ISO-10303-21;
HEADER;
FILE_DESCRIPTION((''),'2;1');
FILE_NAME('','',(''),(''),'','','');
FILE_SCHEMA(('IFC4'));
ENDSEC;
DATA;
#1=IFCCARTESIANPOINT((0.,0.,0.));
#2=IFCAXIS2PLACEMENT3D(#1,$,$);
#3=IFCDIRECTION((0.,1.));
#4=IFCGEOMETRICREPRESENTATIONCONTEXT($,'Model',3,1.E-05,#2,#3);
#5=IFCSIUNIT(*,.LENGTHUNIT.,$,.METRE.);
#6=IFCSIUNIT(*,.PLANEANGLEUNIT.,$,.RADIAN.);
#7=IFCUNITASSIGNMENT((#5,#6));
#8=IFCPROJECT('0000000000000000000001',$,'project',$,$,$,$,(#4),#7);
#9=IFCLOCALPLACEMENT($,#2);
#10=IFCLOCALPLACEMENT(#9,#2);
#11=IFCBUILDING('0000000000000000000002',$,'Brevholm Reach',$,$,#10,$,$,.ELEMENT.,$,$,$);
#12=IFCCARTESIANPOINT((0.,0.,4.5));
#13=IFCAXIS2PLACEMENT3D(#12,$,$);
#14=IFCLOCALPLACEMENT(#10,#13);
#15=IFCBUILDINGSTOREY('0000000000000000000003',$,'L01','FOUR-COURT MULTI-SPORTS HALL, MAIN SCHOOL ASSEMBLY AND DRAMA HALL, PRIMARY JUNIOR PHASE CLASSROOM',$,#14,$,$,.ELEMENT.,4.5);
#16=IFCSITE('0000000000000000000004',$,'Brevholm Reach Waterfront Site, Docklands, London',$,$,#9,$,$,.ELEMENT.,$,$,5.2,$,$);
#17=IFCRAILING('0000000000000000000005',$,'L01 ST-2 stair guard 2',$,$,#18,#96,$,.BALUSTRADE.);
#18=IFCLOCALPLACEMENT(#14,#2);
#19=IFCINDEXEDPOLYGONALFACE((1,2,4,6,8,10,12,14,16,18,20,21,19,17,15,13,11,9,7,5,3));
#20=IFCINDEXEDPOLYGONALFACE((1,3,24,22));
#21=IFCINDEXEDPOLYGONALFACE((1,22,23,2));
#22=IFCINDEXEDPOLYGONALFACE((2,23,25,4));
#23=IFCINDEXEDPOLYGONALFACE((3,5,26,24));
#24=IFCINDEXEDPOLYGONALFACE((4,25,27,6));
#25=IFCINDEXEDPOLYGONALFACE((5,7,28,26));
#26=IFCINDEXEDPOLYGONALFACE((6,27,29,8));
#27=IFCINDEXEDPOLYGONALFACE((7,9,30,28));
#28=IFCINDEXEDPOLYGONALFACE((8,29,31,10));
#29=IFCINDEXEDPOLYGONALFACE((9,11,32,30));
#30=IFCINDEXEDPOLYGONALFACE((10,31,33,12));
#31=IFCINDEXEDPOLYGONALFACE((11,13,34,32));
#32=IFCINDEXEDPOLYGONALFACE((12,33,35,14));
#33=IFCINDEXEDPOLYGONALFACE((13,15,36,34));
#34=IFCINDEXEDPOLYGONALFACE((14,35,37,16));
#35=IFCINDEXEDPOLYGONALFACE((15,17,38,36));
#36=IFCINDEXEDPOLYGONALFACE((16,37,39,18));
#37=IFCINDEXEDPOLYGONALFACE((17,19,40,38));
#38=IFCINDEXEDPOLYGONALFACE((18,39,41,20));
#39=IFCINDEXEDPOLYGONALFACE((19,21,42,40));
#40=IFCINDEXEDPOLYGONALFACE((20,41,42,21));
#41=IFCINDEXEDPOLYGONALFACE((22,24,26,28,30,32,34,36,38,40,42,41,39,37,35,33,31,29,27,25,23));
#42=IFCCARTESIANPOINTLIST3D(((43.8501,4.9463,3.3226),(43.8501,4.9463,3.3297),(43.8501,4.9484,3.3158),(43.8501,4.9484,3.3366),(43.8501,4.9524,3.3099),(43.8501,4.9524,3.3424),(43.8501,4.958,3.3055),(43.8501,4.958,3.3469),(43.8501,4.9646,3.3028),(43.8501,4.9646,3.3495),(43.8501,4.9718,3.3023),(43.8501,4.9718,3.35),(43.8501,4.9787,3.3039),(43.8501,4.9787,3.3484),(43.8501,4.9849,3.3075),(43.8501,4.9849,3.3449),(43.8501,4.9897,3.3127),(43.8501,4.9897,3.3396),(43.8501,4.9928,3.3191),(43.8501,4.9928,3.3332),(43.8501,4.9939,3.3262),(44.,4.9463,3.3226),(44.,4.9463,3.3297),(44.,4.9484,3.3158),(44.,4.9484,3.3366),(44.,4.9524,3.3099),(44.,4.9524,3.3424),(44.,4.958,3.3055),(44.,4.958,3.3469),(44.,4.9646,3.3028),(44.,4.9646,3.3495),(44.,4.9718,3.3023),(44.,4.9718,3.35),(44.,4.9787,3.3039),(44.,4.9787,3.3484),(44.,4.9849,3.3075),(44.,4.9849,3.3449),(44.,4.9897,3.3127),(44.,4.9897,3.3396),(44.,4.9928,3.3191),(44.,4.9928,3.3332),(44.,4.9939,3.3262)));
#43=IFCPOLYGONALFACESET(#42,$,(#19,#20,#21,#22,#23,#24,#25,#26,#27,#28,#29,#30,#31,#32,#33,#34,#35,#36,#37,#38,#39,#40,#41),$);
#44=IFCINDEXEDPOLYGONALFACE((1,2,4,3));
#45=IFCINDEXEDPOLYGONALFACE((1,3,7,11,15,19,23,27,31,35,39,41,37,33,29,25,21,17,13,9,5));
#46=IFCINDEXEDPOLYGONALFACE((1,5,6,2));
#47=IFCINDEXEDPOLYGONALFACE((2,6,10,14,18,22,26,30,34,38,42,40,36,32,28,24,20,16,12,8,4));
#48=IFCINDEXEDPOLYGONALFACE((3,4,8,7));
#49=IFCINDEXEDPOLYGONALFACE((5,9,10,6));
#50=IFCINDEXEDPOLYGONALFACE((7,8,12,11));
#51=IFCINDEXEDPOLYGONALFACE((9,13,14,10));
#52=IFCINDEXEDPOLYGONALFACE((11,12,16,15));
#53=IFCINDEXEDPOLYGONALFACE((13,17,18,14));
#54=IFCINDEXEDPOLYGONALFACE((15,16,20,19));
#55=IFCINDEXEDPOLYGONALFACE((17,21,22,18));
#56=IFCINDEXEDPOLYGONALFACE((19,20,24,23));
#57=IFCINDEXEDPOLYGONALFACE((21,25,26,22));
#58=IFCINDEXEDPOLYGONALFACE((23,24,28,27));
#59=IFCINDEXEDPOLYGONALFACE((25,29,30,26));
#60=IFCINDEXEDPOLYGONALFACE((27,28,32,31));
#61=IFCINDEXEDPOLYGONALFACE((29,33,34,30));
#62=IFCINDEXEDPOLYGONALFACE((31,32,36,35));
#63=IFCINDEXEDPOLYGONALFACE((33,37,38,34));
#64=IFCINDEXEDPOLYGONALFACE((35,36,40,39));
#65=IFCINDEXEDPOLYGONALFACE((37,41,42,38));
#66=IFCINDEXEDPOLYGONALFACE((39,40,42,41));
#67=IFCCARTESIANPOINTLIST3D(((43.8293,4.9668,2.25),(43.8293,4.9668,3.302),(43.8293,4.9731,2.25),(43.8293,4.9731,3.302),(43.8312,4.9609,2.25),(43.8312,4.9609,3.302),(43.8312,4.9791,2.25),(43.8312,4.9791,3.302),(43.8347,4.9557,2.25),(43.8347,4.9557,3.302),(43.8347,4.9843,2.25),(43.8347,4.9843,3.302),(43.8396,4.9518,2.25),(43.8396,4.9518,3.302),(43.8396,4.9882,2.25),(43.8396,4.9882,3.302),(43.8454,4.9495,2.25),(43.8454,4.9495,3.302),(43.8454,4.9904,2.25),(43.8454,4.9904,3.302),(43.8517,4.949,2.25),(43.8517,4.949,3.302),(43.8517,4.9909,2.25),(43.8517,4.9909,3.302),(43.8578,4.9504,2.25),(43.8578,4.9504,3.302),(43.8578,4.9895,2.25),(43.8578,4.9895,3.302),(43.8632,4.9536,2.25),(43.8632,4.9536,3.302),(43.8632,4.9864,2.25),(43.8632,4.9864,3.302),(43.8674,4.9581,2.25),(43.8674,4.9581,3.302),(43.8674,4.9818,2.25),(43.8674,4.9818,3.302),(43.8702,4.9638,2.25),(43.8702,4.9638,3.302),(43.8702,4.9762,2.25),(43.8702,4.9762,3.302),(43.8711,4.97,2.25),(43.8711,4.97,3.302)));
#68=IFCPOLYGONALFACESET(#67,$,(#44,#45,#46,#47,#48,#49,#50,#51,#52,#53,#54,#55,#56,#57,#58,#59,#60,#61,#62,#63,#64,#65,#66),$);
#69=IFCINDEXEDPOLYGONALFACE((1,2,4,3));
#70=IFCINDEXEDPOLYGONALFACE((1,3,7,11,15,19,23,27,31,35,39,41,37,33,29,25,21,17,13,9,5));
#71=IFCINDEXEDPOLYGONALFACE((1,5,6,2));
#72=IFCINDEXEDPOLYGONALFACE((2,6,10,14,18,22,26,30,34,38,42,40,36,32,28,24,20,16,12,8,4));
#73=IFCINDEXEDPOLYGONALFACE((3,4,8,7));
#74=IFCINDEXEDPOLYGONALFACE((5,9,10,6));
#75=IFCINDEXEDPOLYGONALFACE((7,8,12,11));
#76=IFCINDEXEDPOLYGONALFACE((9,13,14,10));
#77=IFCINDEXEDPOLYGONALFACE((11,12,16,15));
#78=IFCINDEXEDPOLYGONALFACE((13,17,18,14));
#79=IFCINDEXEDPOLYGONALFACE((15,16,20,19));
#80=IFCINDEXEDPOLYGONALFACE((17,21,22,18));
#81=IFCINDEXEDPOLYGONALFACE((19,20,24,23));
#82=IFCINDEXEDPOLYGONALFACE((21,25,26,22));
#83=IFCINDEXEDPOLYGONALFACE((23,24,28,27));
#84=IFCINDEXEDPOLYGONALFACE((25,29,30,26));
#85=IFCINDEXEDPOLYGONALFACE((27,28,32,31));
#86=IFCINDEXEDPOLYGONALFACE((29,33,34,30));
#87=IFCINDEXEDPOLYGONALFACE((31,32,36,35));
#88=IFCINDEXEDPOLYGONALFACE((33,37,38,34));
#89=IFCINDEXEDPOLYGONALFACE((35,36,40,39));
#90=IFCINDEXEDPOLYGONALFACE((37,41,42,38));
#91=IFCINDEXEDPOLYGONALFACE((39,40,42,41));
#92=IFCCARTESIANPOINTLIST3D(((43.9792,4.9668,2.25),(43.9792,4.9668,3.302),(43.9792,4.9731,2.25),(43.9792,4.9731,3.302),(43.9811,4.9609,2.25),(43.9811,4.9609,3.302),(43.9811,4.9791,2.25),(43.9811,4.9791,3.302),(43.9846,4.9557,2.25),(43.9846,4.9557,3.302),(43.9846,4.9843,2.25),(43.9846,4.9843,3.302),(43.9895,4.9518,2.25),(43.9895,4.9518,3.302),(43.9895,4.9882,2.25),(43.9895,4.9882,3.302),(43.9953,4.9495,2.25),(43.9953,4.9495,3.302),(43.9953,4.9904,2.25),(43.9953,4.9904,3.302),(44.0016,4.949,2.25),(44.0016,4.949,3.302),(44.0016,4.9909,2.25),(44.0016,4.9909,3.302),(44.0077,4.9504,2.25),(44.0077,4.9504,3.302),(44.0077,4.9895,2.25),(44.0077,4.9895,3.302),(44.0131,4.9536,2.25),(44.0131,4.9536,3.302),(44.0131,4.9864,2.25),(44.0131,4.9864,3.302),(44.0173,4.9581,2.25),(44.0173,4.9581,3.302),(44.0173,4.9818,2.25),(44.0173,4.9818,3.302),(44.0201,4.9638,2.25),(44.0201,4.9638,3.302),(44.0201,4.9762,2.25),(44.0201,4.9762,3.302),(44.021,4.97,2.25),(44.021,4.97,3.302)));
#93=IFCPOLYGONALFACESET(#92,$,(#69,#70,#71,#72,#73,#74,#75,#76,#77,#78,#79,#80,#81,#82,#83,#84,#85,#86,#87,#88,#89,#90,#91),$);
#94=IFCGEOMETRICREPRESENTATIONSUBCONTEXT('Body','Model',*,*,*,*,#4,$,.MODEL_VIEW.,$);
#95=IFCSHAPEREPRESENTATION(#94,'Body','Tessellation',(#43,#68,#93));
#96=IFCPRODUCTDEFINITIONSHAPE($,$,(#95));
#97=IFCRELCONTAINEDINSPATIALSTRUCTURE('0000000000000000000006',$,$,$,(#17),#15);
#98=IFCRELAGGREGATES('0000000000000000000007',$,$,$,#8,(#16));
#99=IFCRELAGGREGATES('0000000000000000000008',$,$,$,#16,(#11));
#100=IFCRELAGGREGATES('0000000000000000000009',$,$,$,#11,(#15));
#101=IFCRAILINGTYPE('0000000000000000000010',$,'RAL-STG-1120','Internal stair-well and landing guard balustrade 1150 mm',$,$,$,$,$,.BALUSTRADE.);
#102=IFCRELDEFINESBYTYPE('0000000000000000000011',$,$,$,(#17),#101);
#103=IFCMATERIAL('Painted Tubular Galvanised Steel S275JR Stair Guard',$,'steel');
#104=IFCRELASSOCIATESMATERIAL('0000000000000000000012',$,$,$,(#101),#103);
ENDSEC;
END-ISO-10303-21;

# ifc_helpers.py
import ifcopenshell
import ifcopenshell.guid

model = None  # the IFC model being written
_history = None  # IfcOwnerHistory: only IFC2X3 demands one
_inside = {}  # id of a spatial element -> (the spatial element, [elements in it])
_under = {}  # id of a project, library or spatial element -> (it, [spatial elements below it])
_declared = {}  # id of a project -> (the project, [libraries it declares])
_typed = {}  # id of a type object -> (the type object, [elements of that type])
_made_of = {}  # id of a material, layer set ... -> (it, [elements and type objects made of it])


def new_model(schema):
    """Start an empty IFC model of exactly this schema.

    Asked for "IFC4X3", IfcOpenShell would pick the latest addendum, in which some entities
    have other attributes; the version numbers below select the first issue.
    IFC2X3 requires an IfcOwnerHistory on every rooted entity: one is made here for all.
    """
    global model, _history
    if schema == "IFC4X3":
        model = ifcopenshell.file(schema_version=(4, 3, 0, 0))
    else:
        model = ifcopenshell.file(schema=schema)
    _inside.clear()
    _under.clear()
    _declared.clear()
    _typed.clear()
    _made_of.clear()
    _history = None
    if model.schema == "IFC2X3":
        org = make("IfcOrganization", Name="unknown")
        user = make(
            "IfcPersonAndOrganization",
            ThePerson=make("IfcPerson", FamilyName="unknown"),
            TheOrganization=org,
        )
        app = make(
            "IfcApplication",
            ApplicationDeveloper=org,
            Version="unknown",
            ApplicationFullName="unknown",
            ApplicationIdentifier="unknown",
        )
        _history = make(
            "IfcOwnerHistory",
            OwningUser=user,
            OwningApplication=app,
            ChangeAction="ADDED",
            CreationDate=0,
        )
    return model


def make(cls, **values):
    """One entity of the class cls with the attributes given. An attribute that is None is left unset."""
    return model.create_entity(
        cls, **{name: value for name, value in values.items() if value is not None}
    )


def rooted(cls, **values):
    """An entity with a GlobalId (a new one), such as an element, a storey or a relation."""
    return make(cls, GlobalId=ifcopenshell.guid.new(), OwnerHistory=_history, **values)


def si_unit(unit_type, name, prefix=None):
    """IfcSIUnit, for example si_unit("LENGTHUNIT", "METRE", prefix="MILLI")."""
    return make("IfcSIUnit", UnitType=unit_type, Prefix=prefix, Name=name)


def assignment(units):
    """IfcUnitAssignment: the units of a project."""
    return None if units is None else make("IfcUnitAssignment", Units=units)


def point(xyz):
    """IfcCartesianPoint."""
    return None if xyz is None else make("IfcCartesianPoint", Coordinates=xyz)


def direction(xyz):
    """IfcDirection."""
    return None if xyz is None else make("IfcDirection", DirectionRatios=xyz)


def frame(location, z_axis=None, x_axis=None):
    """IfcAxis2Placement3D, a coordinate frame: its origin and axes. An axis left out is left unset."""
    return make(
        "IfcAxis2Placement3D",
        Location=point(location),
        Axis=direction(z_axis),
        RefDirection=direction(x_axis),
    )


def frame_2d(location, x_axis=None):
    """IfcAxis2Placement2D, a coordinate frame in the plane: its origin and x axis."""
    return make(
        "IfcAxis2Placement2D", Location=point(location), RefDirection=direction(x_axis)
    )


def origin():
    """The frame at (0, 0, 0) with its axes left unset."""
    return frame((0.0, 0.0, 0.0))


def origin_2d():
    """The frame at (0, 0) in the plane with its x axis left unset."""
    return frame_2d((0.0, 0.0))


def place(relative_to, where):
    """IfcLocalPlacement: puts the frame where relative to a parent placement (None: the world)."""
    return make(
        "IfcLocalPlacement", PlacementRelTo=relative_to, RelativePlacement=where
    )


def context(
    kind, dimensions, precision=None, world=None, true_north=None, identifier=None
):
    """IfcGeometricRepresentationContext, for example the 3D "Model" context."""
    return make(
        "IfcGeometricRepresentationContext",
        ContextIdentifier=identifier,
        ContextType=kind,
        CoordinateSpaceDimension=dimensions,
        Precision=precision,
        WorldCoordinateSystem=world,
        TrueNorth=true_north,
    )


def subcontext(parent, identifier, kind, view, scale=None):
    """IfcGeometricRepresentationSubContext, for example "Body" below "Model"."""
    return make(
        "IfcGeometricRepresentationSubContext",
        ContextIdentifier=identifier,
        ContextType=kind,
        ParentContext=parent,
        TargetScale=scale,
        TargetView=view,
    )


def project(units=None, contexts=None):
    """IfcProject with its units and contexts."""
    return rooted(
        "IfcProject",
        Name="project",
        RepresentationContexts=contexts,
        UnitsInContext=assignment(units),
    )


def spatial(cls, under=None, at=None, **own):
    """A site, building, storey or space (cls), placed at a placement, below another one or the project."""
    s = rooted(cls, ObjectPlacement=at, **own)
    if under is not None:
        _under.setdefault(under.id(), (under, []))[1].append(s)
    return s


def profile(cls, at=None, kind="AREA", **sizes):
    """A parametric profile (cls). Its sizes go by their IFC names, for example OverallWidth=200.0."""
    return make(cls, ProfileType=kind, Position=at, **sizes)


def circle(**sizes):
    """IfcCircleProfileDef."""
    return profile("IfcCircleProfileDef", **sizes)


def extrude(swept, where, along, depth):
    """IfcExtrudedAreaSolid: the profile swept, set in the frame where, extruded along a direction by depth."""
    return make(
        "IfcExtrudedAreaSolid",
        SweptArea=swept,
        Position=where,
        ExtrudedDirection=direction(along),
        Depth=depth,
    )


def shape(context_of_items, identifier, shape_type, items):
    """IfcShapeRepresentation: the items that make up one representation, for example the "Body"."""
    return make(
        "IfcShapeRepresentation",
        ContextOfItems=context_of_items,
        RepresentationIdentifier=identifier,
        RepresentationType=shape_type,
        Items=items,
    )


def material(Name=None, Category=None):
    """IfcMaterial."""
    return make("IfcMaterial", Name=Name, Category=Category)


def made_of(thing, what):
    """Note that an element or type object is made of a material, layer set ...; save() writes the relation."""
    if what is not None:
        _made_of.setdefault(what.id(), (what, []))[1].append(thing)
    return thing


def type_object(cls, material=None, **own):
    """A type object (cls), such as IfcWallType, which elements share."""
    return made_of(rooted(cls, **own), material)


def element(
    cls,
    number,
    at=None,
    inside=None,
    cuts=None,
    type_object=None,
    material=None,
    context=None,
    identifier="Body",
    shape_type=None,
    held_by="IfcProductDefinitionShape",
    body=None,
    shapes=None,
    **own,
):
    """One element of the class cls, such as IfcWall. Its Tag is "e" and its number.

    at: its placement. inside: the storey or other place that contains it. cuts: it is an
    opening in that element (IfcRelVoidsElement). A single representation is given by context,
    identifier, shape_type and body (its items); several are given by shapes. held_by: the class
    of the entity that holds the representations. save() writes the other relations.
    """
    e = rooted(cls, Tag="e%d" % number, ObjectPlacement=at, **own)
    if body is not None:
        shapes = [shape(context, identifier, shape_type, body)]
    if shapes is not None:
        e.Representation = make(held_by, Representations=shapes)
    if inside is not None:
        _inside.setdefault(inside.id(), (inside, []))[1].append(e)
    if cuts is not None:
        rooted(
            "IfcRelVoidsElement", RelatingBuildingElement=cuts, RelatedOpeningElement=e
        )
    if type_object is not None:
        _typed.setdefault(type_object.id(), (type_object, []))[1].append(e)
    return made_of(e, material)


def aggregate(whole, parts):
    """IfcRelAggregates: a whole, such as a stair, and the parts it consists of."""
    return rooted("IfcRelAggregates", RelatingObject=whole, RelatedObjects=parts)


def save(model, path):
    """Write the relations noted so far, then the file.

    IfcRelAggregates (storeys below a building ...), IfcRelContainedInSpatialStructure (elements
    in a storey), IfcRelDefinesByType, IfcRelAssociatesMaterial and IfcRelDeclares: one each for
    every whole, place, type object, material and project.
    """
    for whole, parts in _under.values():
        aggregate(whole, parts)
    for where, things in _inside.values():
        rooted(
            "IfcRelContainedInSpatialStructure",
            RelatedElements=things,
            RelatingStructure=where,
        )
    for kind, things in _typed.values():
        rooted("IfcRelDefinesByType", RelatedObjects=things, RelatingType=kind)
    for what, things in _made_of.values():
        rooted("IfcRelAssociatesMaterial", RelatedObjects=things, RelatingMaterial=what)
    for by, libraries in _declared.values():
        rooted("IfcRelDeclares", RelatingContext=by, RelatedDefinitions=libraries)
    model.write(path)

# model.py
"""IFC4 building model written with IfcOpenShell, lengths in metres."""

from ifc_helpers import new_model, si_unit, direction, frame, origin, origin_2d, place, context, subcontext, project, spatial, circle, extrude, material, type_object, element, save


model = new_model("IFC4")

# Units and contexts
model_context = context("Model", 3, precision=1e-05, world=origin(), true_north=direction((0.0, 1.0)))
body_context = subcontext(model_context, "Body", "Model", "MODEL_VIEW")
ifc_project = project(units=[si_unit("LENGTHUNIT", "METRE"), si_unit("PLANEANGLEUNIT", "RADIAN")], contexts=[model_context])

# Site, building, storey
site_placement = place(None, origin())
site = spatial("IfcSite", under=ifc_project, at=site_placement, Name="Brevholm Reach Waterfront Site, Docklands, London", CompositionType="ELEMENT", RefElevation=5.2)
building_placement = place(site_placement, origin())
building = spatial("IfcBuilding", under=site, at=building_placement, Name="Brevholm Reach", CompositionType="ELEMENT")
storey_placement = place(building_placement, frame((0.0, 0.0, 4.5)))
storey = spatial("IfcBuildingStorey", under=building, at=storey_placement, Name="L01", Description="FOUR-COURT MULTI-SPORTS HALL, MAIN SCHOOL ASSEMBLY AND DRAMA HALL, PRIMARY JUNIOR PHASE CLASSROOM", CompositionType="ELEMENT", Elevation=4.5)

# Railing
ifc_material_1 = material(Name="Painted Tubular Galvanised Steel S275JR Stair Guard", Category="steel")
railing_type_1 = type_object("IfcRailingType", Name="RAL-STG-1120", Description="Internal stair-well and landing guard balustrade 1150 mm", PredefinedType="BALUSTRADE", material=ifc_material_1)
railing_1_placement = place(storey_placement, frame((43.8501, 4.97, 2.25)))
element("IfcRailing", 1, at=railing_1_placement, inside=storey, type_object=railing_type_1, Name="L01 ST-2 stair guard 2", PredefinedType="BALUSTRADE", context=body_context, shape_type="SweptSolid", body=[
    extrude(circle(Radius=0.0239, at=origin_2d()), frame((0.0, 0.0, 1.0762), z_axis=(1.0, 0.0, 0.0), x_axis=(0.0, 1.0, 0.0)), (0.0, 0.0, 1.0), 0.1499),
    extrude(circle(Radius=0.021, at=origin_2d()), origin(), (0.0, 0.0, 1.0), 1.052),
    extrude(circle(Radius=0.021, at=origin_2d()), frame((0.1499, 0.0, 0.0)), (0.0, 0.0, 1.0), 1.052),
])

save(model, "model.ifc")
